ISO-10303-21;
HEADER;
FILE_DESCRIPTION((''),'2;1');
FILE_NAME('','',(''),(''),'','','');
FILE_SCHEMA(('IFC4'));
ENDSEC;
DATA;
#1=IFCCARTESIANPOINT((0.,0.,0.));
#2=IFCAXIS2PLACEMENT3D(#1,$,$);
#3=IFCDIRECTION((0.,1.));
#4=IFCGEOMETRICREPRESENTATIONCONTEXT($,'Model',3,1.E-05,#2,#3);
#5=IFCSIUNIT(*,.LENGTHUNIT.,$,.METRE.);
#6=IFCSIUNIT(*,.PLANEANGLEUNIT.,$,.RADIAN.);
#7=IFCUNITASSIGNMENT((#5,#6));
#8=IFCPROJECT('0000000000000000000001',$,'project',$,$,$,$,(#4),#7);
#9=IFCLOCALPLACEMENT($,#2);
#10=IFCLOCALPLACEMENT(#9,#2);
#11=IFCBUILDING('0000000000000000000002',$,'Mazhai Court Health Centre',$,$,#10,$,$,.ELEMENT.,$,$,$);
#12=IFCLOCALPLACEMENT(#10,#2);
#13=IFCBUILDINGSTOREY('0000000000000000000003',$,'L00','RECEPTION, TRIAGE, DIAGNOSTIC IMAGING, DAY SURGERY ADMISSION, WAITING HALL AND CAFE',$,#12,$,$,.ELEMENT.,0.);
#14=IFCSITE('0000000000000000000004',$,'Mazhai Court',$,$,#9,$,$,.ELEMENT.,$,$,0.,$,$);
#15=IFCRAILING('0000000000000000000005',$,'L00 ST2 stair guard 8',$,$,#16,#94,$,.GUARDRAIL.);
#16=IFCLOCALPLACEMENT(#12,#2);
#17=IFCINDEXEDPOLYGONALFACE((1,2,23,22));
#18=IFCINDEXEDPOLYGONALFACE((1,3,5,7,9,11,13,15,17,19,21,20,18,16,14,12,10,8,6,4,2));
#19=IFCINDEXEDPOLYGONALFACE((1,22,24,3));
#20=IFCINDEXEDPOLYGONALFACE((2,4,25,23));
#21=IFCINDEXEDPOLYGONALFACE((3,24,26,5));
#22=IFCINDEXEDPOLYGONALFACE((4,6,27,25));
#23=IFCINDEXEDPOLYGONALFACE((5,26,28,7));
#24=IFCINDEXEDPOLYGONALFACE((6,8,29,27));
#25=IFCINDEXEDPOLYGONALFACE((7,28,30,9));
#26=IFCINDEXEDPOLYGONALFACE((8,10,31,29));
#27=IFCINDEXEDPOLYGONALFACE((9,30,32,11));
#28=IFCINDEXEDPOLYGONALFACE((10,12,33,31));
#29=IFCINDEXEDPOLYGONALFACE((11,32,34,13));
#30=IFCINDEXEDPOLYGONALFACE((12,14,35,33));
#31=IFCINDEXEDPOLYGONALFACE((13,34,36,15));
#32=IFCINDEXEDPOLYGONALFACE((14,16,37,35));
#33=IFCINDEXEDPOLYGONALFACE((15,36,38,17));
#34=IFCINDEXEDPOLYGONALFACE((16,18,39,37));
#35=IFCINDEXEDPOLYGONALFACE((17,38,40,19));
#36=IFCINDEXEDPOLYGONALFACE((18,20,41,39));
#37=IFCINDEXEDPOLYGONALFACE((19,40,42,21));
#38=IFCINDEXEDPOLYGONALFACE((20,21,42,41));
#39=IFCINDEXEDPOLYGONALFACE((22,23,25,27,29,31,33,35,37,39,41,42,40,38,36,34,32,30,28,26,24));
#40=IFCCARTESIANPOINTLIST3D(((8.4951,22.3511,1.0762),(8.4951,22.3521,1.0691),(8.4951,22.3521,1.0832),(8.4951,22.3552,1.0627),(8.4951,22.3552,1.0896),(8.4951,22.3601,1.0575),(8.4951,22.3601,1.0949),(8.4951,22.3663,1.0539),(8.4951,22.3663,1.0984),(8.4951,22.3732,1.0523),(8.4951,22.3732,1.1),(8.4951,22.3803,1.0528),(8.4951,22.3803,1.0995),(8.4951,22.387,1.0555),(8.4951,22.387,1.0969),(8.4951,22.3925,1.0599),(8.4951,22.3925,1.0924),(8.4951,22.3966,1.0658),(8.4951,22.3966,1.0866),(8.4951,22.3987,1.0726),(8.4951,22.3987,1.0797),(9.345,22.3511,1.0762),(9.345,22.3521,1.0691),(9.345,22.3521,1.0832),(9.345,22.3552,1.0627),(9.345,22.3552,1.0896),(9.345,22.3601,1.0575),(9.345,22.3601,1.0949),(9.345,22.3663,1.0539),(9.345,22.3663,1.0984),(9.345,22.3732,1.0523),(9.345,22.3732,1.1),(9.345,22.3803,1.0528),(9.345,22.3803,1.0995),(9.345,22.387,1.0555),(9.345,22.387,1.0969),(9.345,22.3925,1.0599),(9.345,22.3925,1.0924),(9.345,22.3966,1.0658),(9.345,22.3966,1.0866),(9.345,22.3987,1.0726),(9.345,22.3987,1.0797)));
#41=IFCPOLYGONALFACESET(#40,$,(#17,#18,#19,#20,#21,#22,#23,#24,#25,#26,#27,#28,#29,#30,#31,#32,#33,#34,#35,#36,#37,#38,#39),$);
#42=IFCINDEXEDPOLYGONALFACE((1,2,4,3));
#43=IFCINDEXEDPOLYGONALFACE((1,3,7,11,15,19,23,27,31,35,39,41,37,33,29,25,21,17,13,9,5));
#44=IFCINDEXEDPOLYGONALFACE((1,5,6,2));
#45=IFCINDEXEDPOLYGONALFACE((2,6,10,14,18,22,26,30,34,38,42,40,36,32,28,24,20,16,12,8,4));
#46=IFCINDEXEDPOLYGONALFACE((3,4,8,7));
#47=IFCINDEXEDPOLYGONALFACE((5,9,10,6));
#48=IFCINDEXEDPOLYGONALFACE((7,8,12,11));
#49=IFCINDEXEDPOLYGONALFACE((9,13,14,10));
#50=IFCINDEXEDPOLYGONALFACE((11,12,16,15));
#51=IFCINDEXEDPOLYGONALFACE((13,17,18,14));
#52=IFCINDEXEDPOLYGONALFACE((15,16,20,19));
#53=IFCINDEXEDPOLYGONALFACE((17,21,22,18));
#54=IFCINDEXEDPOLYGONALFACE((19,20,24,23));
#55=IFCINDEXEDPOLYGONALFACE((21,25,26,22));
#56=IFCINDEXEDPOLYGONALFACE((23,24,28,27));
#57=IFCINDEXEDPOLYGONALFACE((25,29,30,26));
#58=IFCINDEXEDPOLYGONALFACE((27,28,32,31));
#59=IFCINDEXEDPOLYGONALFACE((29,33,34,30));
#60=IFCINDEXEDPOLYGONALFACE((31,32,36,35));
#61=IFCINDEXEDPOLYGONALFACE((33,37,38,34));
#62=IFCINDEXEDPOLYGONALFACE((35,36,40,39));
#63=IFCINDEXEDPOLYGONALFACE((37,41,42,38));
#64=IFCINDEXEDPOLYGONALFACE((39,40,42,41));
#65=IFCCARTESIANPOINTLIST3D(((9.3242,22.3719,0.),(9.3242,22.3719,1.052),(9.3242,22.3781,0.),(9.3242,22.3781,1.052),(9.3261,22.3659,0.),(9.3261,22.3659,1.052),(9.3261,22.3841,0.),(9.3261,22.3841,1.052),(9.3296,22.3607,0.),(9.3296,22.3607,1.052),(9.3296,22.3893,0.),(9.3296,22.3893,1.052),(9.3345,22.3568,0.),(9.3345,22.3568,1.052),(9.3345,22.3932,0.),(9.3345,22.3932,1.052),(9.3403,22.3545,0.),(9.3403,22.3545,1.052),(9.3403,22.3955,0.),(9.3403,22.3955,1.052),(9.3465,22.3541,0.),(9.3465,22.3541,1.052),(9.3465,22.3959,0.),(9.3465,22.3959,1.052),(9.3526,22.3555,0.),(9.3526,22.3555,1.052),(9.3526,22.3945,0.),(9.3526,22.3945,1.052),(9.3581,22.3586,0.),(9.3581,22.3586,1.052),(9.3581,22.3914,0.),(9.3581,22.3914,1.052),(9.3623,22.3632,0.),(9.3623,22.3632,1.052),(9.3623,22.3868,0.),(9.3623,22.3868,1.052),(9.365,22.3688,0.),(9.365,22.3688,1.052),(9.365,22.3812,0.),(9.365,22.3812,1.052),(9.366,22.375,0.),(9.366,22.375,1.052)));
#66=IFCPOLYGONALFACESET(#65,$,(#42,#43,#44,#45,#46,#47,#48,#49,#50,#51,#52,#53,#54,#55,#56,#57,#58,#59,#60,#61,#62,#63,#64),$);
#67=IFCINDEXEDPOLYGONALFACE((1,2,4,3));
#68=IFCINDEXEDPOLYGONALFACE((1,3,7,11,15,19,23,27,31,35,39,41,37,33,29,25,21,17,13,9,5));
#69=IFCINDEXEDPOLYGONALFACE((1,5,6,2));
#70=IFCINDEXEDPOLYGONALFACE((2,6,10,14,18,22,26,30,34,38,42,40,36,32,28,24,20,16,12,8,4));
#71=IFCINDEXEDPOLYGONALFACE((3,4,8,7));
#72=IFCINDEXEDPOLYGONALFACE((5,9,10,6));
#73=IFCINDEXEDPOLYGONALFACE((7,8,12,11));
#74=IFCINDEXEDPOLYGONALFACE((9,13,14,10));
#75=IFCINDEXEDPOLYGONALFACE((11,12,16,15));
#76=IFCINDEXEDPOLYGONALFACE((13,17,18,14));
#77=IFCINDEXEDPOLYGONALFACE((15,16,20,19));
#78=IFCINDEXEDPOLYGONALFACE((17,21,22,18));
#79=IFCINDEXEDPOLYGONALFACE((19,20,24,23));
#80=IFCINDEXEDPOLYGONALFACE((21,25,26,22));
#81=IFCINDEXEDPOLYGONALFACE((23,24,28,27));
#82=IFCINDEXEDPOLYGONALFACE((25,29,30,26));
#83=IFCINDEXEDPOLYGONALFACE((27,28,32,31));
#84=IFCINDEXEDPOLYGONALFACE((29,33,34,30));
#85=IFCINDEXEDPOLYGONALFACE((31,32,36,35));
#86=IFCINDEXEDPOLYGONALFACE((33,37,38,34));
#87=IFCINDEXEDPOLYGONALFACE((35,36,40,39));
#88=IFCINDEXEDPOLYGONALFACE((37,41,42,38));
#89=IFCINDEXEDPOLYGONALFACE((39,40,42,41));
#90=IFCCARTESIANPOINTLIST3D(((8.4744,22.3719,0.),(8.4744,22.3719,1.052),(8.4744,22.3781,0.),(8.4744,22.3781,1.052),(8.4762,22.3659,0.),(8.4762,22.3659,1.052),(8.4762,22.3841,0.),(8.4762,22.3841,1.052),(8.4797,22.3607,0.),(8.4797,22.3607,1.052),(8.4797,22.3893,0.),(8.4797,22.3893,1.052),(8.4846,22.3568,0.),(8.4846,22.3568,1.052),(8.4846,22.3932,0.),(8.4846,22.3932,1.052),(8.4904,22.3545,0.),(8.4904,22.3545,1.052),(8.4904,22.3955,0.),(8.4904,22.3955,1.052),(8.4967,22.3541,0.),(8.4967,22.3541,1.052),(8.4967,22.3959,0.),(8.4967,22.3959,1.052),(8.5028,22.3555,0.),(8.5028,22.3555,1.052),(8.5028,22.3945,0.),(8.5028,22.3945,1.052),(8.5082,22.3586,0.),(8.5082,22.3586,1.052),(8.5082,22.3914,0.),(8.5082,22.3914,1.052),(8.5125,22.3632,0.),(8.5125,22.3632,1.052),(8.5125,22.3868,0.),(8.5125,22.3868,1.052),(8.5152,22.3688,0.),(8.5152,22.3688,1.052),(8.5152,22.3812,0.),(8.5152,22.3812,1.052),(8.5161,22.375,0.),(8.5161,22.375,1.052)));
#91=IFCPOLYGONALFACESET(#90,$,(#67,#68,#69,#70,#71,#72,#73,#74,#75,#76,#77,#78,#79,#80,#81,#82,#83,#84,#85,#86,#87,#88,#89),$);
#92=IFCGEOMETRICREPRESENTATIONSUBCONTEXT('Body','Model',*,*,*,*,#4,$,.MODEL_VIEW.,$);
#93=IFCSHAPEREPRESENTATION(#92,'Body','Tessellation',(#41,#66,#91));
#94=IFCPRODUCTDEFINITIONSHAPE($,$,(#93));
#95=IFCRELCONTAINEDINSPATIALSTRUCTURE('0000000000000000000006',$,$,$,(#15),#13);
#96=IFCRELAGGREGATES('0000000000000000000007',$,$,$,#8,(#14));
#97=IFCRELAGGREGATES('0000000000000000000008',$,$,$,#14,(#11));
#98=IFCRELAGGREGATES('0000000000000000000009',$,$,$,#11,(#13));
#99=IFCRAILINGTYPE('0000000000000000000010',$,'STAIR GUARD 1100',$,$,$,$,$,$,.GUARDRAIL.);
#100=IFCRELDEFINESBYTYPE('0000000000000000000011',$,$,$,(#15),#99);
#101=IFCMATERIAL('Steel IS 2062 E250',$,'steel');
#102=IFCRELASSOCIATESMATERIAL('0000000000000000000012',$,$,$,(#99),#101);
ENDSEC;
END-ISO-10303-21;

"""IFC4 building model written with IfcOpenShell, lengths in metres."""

from ifc_helpers import new_model, si_unit, direction, frame, origin, origin_2d, place, context, subcontext, project, spatial, circle, extrude, material, type_object, element, save


model = new_model("IFC4")

# Units and contexts
model_context = context("Model", 3, precision=1e-05, world=origin(), true_north=direction((0.0, 1.0)))
body_context = subcontext(model_context, "Body", "Model", "MODEL_VIEW")
ifc_project = project(units=[si_unit("LENGTHUNIT", "METRE"), si_unit("PLANEANGLEUNIT", "RADIAN")], contexts=[model_context])

# Site, building, storey
site_placement = place(None, origin())
site = spatial("IfcSite", under=ifc_project, at=site_placement, Name="Mazhai Court", CompositionType="ELEMENT", RefElevation=0.0)
building_placement = place(site_placement, origin())
building = spatial("IfcBuilding", under=site, at=building_placement, Name="Mazhai Court Health Centre", CompositionType="ELEMENT")
storey_placement = place(building_placement, origin())
storey = spatial("IfcBuildingStorey", under=building, at=storey_placement, Name="L00", Description="RECEPTION, TRIAGE, DIAGNOSTIC IMAGING, DAY SURGERY ADMISSION, WAITING HALL AND CAFE", CompositionType="ELEMENT", Elevation=0.0)

# Railing
ifc_material_1 = material(Name="Steel IS 2062 E250", Category="steel")
railing_type_1 = type_object("IfcRailingType", Name="STAIR GUARD 1100", PredefinedType="GUARDRAIL", material=ifc_material_1)
railing_1_placement = place(storey_placement, frame((9.345, 22.375, 0.0)))
element("IfcRailing", 1, at=railing_1_placement, inside=storey, type_object=railing_type_1, Name="L00 ST2 stair guard 8", PredefinedType="GUARDRAIL", context=body_context, shape_type="SweptSolid", body=[
    extrude(circle(Radius=0.0239, at=origin_2d()), frame((0.0, 0.0, 1.0762), z_axis=(-1.0, 0.0, 0.0), x_axis=(0.0, -1.0, 0.0)), (0.0, 0.0, 1.0), 0.8499),
    extrude(circle(Radius=0.021, at=origin_2d()), origin(), (0.0, 0.0, 1.0), 1.052),
    extrude(circle(Radius=0.021, at=origin_2d()), frame((-0.8499, 0.0, 0.0)), (0.0, 0.0, 1.0), 1.052),
])

save(model, "model.ifc")
